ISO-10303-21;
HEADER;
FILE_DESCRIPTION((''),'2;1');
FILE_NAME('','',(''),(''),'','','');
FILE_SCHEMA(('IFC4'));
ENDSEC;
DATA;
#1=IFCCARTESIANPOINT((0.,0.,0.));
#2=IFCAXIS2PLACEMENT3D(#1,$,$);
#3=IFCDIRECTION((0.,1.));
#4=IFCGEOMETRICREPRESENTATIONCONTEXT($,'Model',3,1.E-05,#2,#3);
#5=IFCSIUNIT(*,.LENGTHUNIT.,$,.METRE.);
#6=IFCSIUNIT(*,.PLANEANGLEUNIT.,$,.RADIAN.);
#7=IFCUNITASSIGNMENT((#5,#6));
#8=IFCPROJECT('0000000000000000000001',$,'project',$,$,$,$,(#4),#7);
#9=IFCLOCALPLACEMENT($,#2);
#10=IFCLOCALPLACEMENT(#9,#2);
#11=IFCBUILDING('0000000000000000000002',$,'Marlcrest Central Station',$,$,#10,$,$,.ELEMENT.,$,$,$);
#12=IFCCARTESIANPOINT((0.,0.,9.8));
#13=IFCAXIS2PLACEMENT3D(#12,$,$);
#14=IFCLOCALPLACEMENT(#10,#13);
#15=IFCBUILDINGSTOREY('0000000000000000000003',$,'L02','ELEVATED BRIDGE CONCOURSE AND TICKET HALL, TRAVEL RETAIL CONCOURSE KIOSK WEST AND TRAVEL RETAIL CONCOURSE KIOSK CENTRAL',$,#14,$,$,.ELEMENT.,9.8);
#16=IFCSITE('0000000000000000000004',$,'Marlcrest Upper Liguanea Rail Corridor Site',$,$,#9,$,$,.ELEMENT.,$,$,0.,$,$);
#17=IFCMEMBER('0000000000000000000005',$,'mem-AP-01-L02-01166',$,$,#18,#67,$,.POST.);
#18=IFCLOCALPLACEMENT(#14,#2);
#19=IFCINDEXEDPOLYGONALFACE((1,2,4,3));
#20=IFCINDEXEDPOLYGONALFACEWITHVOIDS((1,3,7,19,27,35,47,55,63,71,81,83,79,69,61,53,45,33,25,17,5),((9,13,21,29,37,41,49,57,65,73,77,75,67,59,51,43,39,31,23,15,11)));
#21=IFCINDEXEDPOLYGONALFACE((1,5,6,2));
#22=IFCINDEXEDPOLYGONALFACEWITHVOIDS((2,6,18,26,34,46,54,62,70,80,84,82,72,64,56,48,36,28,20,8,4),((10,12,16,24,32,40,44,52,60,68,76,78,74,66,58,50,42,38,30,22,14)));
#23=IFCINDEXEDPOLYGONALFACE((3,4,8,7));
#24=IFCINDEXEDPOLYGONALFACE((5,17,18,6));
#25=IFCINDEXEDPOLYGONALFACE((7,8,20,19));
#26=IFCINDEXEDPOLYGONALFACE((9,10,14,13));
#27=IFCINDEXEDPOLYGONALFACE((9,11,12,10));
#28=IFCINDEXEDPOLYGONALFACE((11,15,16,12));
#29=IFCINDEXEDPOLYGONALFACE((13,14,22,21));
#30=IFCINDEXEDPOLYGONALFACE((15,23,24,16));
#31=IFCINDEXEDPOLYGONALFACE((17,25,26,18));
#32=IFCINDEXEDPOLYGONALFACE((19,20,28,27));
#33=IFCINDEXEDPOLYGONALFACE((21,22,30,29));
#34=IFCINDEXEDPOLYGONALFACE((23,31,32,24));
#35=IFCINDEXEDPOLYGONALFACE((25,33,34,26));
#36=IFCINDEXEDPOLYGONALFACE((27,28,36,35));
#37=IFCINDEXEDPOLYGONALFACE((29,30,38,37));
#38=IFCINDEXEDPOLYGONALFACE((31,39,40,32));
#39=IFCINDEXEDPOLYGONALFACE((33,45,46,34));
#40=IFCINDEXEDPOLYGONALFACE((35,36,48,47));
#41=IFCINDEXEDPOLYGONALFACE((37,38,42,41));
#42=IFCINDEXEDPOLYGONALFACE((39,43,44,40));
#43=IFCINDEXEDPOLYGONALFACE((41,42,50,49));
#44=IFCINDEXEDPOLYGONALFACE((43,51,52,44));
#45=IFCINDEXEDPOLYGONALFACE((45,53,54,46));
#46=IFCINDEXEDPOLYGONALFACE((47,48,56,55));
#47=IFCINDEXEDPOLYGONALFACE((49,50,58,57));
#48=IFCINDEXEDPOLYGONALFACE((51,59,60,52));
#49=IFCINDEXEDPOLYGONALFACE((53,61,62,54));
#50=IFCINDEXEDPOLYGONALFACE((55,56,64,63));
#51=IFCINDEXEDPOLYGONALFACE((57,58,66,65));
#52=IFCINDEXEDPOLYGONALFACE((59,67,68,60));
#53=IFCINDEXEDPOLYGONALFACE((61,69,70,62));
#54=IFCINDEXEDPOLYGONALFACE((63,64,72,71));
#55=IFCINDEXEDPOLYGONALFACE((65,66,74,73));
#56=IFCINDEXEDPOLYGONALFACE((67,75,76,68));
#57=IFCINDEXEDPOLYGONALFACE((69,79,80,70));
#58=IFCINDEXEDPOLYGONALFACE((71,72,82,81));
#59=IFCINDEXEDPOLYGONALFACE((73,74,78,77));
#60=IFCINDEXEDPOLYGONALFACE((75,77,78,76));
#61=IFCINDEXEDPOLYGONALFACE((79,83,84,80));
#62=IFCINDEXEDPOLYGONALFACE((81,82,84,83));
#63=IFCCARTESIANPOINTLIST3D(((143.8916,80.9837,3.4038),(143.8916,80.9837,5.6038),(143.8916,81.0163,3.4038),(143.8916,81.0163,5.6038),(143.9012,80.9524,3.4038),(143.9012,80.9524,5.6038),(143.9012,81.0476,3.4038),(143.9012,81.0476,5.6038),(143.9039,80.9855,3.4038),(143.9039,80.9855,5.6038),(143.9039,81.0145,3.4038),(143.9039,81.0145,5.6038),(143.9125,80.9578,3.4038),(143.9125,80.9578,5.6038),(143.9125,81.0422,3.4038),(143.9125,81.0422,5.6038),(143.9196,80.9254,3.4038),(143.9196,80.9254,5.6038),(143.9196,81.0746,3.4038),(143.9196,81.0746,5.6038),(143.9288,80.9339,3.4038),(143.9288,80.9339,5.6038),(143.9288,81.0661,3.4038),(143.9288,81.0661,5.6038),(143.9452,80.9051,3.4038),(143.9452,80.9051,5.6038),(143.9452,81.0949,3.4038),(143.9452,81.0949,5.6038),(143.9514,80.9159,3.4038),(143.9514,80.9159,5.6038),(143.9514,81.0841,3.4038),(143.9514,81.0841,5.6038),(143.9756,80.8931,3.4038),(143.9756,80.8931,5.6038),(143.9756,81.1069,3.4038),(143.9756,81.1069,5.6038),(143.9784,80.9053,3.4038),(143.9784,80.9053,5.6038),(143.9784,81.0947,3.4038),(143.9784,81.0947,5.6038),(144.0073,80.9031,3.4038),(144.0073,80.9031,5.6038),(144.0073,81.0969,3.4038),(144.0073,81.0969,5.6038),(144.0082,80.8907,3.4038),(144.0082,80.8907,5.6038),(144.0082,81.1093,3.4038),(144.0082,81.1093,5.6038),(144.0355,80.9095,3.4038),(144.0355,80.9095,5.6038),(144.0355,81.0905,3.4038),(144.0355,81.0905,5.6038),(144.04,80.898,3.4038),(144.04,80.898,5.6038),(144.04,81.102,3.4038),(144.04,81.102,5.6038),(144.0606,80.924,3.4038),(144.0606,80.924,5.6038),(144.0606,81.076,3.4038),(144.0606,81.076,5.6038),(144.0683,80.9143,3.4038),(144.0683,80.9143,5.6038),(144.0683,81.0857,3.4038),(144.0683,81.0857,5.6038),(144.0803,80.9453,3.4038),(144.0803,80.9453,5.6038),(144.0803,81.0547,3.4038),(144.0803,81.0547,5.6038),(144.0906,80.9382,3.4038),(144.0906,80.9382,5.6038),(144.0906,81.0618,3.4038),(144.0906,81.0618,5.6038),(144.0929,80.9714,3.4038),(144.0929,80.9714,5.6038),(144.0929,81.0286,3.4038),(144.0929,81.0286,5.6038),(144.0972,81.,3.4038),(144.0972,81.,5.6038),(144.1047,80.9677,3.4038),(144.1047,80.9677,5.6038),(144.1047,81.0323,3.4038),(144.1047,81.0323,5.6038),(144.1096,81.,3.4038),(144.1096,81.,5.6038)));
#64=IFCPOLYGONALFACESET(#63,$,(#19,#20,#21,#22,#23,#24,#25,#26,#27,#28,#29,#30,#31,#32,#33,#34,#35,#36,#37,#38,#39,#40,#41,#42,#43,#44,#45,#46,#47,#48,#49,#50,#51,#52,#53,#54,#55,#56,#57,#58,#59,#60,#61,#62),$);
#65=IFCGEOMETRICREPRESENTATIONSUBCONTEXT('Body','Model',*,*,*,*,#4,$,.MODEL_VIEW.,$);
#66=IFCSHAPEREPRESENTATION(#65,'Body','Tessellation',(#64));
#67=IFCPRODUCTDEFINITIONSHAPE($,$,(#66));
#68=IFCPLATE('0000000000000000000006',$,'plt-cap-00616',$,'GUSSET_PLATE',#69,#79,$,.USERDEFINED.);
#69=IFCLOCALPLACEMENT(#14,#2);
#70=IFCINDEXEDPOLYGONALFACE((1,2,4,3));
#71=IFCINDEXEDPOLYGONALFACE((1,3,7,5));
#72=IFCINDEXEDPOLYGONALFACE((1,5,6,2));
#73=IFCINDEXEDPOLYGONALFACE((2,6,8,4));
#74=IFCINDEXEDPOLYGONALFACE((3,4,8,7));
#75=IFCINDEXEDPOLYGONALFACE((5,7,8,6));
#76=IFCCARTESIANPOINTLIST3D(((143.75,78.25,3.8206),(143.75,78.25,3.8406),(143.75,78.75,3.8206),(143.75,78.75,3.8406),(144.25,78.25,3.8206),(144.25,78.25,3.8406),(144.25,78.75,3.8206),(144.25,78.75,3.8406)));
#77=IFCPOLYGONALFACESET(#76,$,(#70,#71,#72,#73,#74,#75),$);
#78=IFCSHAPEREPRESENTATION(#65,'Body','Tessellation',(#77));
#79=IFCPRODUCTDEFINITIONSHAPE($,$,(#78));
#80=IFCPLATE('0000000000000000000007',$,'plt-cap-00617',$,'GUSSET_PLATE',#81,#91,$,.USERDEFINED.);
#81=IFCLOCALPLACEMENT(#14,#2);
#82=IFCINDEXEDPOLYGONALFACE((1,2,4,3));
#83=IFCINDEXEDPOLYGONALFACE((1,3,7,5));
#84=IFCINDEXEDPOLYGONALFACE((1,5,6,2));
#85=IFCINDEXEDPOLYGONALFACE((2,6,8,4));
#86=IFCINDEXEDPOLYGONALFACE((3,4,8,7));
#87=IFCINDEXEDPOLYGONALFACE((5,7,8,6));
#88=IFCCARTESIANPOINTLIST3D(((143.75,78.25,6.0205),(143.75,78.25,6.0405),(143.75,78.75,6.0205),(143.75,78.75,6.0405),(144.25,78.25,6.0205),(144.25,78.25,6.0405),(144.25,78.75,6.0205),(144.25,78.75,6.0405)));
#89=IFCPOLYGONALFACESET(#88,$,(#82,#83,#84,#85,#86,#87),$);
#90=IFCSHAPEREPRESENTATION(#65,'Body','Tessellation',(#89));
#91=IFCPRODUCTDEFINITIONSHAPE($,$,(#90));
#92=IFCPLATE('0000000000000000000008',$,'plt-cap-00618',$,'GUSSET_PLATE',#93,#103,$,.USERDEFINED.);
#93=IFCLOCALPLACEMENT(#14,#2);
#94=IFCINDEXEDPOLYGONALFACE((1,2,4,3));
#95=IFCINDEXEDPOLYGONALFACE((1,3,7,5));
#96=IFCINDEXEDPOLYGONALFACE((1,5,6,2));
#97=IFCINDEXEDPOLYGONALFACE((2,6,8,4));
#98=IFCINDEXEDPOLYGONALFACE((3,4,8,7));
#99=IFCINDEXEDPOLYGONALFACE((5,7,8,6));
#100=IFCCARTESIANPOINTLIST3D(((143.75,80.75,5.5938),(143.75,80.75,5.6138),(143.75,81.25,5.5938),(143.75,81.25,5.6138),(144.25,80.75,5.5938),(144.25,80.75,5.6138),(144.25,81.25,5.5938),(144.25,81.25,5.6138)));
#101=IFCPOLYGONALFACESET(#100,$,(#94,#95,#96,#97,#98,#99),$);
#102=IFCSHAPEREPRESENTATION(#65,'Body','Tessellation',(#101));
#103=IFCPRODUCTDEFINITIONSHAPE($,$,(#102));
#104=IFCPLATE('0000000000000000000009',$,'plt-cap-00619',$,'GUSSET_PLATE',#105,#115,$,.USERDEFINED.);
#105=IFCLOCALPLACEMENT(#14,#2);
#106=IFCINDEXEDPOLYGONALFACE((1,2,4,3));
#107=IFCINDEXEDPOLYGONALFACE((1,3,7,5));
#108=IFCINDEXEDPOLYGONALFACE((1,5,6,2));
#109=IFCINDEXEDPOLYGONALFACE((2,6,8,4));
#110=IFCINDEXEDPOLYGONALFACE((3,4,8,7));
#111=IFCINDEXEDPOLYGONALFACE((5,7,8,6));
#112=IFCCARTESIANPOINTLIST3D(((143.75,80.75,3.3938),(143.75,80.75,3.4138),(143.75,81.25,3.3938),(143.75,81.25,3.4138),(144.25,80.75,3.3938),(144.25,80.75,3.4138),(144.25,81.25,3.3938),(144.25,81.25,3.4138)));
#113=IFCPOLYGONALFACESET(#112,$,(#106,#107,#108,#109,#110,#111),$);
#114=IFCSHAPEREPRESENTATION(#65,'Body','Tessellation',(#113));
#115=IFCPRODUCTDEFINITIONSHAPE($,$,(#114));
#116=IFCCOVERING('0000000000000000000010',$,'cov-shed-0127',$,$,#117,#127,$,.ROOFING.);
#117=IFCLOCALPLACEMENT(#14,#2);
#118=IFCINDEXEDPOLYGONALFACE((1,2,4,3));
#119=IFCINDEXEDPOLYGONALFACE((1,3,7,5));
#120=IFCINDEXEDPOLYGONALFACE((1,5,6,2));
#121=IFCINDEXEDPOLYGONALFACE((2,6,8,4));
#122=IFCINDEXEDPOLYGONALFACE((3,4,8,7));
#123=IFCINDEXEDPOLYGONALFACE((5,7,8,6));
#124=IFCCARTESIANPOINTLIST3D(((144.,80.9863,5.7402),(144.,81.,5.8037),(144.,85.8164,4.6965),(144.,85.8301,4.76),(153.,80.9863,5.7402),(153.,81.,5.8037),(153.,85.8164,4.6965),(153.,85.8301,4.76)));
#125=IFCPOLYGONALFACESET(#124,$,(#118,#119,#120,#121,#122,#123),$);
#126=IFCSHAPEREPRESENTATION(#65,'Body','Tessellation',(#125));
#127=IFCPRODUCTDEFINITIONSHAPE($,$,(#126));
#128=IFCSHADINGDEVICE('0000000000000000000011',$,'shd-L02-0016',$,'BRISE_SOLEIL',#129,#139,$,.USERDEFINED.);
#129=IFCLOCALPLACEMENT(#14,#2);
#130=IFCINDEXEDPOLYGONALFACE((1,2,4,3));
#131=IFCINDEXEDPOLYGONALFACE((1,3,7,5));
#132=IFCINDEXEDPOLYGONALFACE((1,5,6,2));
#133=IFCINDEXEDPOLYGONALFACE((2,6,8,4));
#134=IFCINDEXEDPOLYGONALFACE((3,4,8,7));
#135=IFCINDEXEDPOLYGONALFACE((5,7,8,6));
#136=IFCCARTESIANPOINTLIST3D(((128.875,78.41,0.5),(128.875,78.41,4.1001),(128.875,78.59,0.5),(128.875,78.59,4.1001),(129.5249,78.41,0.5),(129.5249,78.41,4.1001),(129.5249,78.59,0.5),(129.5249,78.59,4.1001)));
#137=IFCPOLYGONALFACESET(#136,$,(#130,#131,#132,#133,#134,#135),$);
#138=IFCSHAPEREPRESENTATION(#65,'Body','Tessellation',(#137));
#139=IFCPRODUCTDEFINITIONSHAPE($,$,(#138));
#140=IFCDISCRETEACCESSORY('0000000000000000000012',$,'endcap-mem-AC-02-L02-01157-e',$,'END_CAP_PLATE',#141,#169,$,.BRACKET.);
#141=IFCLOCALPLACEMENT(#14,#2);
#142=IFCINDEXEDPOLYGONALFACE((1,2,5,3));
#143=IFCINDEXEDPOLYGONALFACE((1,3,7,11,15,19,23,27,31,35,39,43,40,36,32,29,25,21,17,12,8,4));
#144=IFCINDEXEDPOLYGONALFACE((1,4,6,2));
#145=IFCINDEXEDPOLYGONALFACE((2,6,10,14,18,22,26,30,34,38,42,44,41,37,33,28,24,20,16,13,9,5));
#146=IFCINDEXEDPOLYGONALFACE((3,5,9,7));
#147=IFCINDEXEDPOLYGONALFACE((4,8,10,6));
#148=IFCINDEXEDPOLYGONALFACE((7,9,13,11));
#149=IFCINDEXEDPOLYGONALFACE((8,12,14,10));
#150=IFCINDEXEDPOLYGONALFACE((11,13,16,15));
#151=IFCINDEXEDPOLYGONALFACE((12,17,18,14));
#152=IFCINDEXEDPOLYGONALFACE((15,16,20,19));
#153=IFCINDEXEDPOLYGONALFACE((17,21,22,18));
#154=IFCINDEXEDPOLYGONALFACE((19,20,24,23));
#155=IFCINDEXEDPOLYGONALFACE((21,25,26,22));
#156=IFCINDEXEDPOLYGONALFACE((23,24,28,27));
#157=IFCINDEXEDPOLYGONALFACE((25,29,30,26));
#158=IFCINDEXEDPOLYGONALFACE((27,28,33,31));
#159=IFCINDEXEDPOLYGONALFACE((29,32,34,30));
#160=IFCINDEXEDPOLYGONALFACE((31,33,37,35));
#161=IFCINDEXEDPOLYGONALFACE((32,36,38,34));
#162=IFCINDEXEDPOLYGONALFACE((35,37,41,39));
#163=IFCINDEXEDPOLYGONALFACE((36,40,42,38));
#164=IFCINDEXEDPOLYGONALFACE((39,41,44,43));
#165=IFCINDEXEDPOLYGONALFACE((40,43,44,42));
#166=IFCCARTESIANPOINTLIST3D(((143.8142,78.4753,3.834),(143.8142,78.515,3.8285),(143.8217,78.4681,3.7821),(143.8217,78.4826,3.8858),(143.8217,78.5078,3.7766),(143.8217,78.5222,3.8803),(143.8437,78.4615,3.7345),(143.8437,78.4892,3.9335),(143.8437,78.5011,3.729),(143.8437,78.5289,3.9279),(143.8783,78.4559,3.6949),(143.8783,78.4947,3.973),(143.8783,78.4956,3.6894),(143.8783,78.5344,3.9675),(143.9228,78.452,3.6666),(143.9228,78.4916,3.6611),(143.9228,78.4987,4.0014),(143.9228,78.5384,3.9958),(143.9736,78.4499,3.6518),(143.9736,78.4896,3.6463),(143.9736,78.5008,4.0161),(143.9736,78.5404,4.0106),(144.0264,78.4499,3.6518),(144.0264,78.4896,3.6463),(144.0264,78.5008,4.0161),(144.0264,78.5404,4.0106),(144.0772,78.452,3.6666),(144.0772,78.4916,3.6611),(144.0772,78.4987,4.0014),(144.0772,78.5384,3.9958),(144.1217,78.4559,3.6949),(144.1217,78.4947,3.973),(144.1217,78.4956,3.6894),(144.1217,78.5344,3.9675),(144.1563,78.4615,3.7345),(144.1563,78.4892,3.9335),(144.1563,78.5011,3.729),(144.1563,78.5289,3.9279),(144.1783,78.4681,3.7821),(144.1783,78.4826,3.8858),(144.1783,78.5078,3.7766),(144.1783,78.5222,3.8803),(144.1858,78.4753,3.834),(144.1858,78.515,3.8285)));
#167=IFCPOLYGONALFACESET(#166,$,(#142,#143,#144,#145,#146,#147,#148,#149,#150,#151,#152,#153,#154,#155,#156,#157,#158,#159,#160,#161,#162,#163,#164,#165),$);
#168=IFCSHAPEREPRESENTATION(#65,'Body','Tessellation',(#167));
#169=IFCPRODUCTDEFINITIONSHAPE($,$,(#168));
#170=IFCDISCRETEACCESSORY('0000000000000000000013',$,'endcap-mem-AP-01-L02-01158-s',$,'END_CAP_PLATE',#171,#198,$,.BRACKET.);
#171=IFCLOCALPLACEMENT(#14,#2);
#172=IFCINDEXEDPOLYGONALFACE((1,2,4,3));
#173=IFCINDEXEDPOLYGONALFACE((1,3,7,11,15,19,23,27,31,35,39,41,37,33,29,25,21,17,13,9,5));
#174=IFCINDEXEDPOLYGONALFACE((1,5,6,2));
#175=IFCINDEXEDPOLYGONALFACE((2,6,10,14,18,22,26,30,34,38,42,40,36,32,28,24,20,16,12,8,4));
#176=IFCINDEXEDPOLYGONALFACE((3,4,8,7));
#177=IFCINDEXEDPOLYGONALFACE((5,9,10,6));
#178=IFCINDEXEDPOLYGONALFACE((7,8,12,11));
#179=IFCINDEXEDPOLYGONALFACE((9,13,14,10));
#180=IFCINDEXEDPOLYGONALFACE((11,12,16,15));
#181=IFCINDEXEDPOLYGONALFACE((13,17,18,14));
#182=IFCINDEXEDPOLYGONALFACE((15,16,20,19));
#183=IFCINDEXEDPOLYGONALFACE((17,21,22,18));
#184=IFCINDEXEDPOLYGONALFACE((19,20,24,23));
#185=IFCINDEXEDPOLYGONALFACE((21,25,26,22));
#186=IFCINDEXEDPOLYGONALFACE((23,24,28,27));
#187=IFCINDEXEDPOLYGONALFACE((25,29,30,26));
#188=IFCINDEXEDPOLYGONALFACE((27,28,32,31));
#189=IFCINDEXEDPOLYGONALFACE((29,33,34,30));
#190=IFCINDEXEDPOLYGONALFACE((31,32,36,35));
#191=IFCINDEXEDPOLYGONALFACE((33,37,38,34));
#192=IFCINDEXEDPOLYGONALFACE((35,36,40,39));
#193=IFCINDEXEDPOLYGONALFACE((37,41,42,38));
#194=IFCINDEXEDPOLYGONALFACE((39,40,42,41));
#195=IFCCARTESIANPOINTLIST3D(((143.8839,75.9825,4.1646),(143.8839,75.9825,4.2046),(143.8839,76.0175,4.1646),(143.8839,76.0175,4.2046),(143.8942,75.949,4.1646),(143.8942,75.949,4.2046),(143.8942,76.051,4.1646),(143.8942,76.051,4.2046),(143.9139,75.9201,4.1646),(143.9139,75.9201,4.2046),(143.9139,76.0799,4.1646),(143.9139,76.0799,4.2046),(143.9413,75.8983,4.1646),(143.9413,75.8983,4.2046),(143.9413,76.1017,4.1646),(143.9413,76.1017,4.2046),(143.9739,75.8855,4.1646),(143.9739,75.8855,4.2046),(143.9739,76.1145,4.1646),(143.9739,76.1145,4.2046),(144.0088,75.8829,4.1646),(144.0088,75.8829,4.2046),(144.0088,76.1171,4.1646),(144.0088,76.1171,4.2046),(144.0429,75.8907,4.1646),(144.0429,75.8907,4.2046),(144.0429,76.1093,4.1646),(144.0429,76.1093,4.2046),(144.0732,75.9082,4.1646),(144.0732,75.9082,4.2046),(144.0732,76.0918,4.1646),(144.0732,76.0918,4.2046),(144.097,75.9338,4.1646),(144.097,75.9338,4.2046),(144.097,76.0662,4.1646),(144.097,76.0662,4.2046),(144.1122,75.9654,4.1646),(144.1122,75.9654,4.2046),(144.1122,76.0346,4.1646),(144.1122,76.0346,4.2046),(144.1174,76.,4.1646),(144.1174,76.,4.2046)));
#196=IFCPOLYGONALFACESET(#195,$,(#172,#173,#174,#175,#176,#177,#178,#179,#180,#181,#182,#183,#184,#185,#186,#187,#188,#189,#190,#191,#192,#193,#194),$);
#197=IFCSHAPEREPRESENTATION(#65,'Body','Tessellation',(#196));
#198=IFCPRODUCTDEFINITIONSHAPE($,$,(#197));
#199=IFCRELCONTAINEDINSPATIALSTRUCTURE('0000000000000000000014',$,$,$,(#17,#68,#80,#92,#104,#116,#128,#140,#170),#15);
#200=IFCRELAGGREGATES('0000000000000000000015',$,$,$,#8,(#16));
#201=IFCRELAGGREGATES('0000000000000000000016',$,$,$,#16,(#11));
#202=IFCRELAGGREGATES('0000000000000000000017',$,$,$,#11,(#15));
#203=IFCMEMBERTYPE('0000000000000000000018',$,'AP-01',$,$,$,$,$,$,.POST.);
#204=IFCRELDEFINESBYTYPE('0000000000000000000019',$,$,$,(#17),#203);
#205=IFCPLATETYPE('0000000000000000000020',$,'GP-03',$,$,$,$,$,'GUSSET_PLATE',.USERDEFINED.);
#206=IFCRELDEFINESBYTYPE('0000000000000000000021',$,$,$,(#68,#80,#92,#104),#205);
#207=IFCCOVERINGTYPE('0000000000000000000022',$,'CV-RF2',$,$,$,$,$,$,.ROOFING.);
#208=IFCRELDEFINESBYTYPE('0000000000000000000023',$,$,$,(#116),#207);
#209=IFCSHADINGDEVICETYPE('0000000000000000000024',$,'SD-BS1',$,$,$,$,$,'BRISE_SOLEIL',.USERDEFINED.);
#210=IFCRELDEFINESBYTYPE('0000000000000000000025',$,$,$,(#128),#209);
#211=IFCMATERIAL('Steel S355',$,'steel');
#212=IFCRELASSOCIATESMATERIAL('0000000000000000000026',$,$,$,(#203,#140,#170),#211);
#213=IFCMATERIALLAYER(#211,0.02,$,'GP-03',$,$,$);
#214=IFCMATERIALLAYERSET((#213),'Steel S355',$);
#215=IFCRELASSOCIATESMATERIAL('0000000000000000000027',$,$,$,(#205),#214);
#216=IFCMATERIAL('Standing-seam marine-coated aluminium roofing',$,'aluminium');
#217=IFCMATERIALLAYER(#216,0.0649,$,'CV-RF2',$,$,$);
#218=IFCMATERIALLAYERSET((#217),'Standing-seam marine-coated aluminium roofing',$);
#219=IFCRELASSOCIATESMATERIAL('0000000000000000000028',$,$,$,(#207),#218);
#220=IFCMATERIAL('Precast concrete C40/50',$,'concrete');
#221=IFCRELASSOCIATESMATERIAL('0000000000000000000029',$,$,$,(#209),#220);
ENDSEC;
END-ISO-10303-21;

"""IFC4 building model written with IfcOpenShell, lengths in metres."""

from ifc_helpers import new_model, si_unit, direction, frame, origin, origin_2d, place, context, subcontext, project, spatial, polyline, rectangle, circle, hollow_circle, outline, extrude, material, layer, layer_set, material_profile, profile_set, type_object, element, save


model = new_model("IFC4")

# Units and contexts
model_context = context("Model", 3, precision=1e-05, world=origin(), true_north=direction((0.0, 1.0)))
body_context = subcontext(model_context, "Body", "Model", "MODEL_VIEW")
ifc_project = project(units=[si_unit("LENGTHUNIT", "METRE"), si_unit("PLANEANGLEUNIT", "RADIAN")], contexts=[model_context])

# Site, building, storey
site_placement = place(None, origin())
site = spatial("IfcSite", under=ifc_project, at=site_placement, Name="Marlcrest Upper Liguanea Rail Corridor Site", CompositionType="ELEMENT", RefElevation=0.0)
building_placement = place(site_placement, origin())
building = spatial("IfcBuilding", under=site, at=building_placement, Name="Marlcrest Central Station", CompositionType="ELEMENT")
storey_placement = place(building_placement, frame((0.0, 0.0, 9.8)))
storey = spatial("IfcBuildingStorey", under=building, at=storey_placement, Name="L02", Description="ELEVATED BRIDGE CONCOURSE AND TICKET HALL, TRAVEL RETAIL CONCOURSE KIOSK WEST AND TRAVEL RETAIL CONCOURSE KIOSK CENTRAL", CompositionType="ELEMENT", Elevation=9.8)

# Member
ifc_material_1 = material(Name="Steel S355", Category="steel")
ifc_material_profile_1 = material_profile(ifc_material_1, hollow_circle(Radius=0.1096, WallThickness=0.0125, at=origin_2d()), Name="CHS 219.1x12.5")
ifc_profile_set_1 = profile_set([ifc_material_profile_1], Name="Steel S355")
member_type_1 = type_object("IfcMemberType", Name="AP-01", PredefinedType="POST", material=ifc_profile_set_1)
for number, where, z_axis, x_axis, name in (
    (1, (144.0, 81.0, 3.4038), (0.0, 0.0, 1.0), (1.0, 0.0, 0.0), "mem-AP-01-L02-01166"),
):
    element("IfcMember", number, at=place(storey_placement, frame(where, z_axis=z_axis, x_axis=x_axis)), inside=storey, type_object=member_type_1, Name=name, PredefinedType="POST", context=body_context, shape_type="SweptSolid", body=[
        extrude(hollow_circle(Radius=0.1096, WallThickness=0.0125, at=origin_2d()), origin(), (0.0, 0.0, 1.0), 2.2),
    ])

# Plates
ifc_layer_1 = layer(ifc_material_1, 0.02, Name="GP-03")
ifc_layer_set_1 = layer_set([ifc_layer_1], Name="Steel S355")
plate_type = type_object("IfcPlateType", Name="GP-03", ElementType="GUSSET_PLATE", PredefinedType="USERDEFINED", material=ifc_layer_set_1)
for number, where, z_axis, x_axis, name in (
    (2, (144.0, 78.5, 3.8206), (0.0, 0.0, 1.0), (1.0, 0.0, 0.0), "plt-cap-00616"),
    (3, (144.0, 78.5, 6.0205), (0.0, 0.0, 1.0), (1.0, 0.0, 0.0), "plt-cap-00617"),
    (4, (144.0, 81.0, 5.5938), (0.0, 0.0, 1.0), (1.0, 0.0, 0.0), "plt-cap-00618"),
    (5, (144.0, 81.0, 3.3938), (0.0, 0.0, 1.0), (1.0, 0.0, 0.0), "plt-cap-00619"),
):
    element("IfcPlate", number, at=place(storey_placement, frame(where, z_axis=z_axis, x_axis=x_axis)), inside=storey, type_object=plate_type, Name=name, ObjectType="GUSSET_PLATE", PredefinedType="USERDEFINED", context=body_context, shape_type="SweptSolid", body=[
        extrude(rectangle(XDim=0.5, YDim=0.5, at=origin_2d()), origin(), (0.0, 0.0, 1.0), 0.02),
    ])

# Covering
ifc_material_2 = material(Name="Standing-seam marine-coated aluminium roofing", Category="aluminium")
ifc_layer_2 = layer(ifc_material_2, 0.0649, Name="CV-RF2")
ifc_layer_set_2 = layer_set([ifc_layer_2], Name="Standing-seam marine-coated aluminium roofing")
covering_type = type_object("IfcCoveringType", Name="CV-RF2", PredefinedType="ROOFING", material=ifc_layer_set_2)
covering_placement = place(storey_placement, frame((144.0, 81.0, 5.8037), z_axis=(0.0, 0.211209, 0.977441), x_axis=(1.0, 0.0, 0.0)))
element("IfcCovering", 6, at=covering_placement, inside=storey, type_object=covering_type, Name="cov-shed-0127", PredefinedType="ROOFING", context=body_context, shape_type="SweptSolid", body=[
    extrude(outline(polyline([(0.0, 0.0), (9.0, 0.0), (9.0, 4.9416), (0.0, 4.9416), (0.0, 0.0)])), origin(), (0.0, 0.0, -1.0), 0.0649),
])

# Shading device
ifc_material_3 = material(Name="Precast concrete C40/50", Category="concrete")
shading_device_type = type_object("IfcShadingDeviceType", Name="SD-BS1", ElementType="BRISE_SOLEIL", PredefinedType="USERDEFINED", material=ifc_material_3)
shading_device_placement = place(storey_placement, frame((129.2, 78.5, 0.5), z_axis=(0.0, 0.0, 1.0), x_axis=(0.0, 1.0, 0.0)))
element("IfcShadingDevice", 7, at=shading_device_placement, inside=storey, type_object=shading_device_type, Name="shd-L02-0016", ObjectType="BRISE_SOLEIL", PredefinedType="USERDEFINED", context=body_context, shape_type="SweptSolid", body=[
    extrude(rectangle(XDim=0.1799, YDim=0.6499, at=origin_2d()), origin(), (0.0, 0.0, 1.0), 3.6001),
])

# Discrete accessories
discrete_accessory_1_placement = place(storey_placement, frame((144.0, 78.4753, 3.834), z_axis=(0.0, 0.990403, -0.138211), x_axis=(-1.0, 0.0, 0.0)))
element("IfcDiscreteAccessory", 8, at=discrete_accessory_1_placement, inside=storey, material=ifc_material_1, Name="endcap-mem-AC-02-L02-01157-e", ObjectType="END_CAP_PLATE", PredefinedType="BRACKET", context=body_context, shape_type="SweptSolid", body=[
    extrude(circle(Radius=0.1858, at=origin_2d()), origin(), (0.0, 0.0, 1.0), 0.04),
])
for number, where, z_axis, x_axis, name in (
    (9, (144.0, 76.0, 4.1646), (0.0, 0.0, 1.0), (1.0, 0.0, 0.0), "endcap-mem-AP-01-L02-01158-s"),
):
    element("IfcDiscreteAccessory", number, at=place(storey_placement, frame(where, z_axis=z_axis, x_axis=x_axis)), inside=storey, material=ifc_material_1, Name=name, ObjectType="END_CAP_PLATE", PredefinedType="BRACKET", context=body_context, shape_type="SweptSolid", body=[
        extrude(circle(Radius=0.1174, at=origin_2d()), origin(), (0.0, 0.0, 1.0), 0.04),
    ])

save(model, "model.ifc")
